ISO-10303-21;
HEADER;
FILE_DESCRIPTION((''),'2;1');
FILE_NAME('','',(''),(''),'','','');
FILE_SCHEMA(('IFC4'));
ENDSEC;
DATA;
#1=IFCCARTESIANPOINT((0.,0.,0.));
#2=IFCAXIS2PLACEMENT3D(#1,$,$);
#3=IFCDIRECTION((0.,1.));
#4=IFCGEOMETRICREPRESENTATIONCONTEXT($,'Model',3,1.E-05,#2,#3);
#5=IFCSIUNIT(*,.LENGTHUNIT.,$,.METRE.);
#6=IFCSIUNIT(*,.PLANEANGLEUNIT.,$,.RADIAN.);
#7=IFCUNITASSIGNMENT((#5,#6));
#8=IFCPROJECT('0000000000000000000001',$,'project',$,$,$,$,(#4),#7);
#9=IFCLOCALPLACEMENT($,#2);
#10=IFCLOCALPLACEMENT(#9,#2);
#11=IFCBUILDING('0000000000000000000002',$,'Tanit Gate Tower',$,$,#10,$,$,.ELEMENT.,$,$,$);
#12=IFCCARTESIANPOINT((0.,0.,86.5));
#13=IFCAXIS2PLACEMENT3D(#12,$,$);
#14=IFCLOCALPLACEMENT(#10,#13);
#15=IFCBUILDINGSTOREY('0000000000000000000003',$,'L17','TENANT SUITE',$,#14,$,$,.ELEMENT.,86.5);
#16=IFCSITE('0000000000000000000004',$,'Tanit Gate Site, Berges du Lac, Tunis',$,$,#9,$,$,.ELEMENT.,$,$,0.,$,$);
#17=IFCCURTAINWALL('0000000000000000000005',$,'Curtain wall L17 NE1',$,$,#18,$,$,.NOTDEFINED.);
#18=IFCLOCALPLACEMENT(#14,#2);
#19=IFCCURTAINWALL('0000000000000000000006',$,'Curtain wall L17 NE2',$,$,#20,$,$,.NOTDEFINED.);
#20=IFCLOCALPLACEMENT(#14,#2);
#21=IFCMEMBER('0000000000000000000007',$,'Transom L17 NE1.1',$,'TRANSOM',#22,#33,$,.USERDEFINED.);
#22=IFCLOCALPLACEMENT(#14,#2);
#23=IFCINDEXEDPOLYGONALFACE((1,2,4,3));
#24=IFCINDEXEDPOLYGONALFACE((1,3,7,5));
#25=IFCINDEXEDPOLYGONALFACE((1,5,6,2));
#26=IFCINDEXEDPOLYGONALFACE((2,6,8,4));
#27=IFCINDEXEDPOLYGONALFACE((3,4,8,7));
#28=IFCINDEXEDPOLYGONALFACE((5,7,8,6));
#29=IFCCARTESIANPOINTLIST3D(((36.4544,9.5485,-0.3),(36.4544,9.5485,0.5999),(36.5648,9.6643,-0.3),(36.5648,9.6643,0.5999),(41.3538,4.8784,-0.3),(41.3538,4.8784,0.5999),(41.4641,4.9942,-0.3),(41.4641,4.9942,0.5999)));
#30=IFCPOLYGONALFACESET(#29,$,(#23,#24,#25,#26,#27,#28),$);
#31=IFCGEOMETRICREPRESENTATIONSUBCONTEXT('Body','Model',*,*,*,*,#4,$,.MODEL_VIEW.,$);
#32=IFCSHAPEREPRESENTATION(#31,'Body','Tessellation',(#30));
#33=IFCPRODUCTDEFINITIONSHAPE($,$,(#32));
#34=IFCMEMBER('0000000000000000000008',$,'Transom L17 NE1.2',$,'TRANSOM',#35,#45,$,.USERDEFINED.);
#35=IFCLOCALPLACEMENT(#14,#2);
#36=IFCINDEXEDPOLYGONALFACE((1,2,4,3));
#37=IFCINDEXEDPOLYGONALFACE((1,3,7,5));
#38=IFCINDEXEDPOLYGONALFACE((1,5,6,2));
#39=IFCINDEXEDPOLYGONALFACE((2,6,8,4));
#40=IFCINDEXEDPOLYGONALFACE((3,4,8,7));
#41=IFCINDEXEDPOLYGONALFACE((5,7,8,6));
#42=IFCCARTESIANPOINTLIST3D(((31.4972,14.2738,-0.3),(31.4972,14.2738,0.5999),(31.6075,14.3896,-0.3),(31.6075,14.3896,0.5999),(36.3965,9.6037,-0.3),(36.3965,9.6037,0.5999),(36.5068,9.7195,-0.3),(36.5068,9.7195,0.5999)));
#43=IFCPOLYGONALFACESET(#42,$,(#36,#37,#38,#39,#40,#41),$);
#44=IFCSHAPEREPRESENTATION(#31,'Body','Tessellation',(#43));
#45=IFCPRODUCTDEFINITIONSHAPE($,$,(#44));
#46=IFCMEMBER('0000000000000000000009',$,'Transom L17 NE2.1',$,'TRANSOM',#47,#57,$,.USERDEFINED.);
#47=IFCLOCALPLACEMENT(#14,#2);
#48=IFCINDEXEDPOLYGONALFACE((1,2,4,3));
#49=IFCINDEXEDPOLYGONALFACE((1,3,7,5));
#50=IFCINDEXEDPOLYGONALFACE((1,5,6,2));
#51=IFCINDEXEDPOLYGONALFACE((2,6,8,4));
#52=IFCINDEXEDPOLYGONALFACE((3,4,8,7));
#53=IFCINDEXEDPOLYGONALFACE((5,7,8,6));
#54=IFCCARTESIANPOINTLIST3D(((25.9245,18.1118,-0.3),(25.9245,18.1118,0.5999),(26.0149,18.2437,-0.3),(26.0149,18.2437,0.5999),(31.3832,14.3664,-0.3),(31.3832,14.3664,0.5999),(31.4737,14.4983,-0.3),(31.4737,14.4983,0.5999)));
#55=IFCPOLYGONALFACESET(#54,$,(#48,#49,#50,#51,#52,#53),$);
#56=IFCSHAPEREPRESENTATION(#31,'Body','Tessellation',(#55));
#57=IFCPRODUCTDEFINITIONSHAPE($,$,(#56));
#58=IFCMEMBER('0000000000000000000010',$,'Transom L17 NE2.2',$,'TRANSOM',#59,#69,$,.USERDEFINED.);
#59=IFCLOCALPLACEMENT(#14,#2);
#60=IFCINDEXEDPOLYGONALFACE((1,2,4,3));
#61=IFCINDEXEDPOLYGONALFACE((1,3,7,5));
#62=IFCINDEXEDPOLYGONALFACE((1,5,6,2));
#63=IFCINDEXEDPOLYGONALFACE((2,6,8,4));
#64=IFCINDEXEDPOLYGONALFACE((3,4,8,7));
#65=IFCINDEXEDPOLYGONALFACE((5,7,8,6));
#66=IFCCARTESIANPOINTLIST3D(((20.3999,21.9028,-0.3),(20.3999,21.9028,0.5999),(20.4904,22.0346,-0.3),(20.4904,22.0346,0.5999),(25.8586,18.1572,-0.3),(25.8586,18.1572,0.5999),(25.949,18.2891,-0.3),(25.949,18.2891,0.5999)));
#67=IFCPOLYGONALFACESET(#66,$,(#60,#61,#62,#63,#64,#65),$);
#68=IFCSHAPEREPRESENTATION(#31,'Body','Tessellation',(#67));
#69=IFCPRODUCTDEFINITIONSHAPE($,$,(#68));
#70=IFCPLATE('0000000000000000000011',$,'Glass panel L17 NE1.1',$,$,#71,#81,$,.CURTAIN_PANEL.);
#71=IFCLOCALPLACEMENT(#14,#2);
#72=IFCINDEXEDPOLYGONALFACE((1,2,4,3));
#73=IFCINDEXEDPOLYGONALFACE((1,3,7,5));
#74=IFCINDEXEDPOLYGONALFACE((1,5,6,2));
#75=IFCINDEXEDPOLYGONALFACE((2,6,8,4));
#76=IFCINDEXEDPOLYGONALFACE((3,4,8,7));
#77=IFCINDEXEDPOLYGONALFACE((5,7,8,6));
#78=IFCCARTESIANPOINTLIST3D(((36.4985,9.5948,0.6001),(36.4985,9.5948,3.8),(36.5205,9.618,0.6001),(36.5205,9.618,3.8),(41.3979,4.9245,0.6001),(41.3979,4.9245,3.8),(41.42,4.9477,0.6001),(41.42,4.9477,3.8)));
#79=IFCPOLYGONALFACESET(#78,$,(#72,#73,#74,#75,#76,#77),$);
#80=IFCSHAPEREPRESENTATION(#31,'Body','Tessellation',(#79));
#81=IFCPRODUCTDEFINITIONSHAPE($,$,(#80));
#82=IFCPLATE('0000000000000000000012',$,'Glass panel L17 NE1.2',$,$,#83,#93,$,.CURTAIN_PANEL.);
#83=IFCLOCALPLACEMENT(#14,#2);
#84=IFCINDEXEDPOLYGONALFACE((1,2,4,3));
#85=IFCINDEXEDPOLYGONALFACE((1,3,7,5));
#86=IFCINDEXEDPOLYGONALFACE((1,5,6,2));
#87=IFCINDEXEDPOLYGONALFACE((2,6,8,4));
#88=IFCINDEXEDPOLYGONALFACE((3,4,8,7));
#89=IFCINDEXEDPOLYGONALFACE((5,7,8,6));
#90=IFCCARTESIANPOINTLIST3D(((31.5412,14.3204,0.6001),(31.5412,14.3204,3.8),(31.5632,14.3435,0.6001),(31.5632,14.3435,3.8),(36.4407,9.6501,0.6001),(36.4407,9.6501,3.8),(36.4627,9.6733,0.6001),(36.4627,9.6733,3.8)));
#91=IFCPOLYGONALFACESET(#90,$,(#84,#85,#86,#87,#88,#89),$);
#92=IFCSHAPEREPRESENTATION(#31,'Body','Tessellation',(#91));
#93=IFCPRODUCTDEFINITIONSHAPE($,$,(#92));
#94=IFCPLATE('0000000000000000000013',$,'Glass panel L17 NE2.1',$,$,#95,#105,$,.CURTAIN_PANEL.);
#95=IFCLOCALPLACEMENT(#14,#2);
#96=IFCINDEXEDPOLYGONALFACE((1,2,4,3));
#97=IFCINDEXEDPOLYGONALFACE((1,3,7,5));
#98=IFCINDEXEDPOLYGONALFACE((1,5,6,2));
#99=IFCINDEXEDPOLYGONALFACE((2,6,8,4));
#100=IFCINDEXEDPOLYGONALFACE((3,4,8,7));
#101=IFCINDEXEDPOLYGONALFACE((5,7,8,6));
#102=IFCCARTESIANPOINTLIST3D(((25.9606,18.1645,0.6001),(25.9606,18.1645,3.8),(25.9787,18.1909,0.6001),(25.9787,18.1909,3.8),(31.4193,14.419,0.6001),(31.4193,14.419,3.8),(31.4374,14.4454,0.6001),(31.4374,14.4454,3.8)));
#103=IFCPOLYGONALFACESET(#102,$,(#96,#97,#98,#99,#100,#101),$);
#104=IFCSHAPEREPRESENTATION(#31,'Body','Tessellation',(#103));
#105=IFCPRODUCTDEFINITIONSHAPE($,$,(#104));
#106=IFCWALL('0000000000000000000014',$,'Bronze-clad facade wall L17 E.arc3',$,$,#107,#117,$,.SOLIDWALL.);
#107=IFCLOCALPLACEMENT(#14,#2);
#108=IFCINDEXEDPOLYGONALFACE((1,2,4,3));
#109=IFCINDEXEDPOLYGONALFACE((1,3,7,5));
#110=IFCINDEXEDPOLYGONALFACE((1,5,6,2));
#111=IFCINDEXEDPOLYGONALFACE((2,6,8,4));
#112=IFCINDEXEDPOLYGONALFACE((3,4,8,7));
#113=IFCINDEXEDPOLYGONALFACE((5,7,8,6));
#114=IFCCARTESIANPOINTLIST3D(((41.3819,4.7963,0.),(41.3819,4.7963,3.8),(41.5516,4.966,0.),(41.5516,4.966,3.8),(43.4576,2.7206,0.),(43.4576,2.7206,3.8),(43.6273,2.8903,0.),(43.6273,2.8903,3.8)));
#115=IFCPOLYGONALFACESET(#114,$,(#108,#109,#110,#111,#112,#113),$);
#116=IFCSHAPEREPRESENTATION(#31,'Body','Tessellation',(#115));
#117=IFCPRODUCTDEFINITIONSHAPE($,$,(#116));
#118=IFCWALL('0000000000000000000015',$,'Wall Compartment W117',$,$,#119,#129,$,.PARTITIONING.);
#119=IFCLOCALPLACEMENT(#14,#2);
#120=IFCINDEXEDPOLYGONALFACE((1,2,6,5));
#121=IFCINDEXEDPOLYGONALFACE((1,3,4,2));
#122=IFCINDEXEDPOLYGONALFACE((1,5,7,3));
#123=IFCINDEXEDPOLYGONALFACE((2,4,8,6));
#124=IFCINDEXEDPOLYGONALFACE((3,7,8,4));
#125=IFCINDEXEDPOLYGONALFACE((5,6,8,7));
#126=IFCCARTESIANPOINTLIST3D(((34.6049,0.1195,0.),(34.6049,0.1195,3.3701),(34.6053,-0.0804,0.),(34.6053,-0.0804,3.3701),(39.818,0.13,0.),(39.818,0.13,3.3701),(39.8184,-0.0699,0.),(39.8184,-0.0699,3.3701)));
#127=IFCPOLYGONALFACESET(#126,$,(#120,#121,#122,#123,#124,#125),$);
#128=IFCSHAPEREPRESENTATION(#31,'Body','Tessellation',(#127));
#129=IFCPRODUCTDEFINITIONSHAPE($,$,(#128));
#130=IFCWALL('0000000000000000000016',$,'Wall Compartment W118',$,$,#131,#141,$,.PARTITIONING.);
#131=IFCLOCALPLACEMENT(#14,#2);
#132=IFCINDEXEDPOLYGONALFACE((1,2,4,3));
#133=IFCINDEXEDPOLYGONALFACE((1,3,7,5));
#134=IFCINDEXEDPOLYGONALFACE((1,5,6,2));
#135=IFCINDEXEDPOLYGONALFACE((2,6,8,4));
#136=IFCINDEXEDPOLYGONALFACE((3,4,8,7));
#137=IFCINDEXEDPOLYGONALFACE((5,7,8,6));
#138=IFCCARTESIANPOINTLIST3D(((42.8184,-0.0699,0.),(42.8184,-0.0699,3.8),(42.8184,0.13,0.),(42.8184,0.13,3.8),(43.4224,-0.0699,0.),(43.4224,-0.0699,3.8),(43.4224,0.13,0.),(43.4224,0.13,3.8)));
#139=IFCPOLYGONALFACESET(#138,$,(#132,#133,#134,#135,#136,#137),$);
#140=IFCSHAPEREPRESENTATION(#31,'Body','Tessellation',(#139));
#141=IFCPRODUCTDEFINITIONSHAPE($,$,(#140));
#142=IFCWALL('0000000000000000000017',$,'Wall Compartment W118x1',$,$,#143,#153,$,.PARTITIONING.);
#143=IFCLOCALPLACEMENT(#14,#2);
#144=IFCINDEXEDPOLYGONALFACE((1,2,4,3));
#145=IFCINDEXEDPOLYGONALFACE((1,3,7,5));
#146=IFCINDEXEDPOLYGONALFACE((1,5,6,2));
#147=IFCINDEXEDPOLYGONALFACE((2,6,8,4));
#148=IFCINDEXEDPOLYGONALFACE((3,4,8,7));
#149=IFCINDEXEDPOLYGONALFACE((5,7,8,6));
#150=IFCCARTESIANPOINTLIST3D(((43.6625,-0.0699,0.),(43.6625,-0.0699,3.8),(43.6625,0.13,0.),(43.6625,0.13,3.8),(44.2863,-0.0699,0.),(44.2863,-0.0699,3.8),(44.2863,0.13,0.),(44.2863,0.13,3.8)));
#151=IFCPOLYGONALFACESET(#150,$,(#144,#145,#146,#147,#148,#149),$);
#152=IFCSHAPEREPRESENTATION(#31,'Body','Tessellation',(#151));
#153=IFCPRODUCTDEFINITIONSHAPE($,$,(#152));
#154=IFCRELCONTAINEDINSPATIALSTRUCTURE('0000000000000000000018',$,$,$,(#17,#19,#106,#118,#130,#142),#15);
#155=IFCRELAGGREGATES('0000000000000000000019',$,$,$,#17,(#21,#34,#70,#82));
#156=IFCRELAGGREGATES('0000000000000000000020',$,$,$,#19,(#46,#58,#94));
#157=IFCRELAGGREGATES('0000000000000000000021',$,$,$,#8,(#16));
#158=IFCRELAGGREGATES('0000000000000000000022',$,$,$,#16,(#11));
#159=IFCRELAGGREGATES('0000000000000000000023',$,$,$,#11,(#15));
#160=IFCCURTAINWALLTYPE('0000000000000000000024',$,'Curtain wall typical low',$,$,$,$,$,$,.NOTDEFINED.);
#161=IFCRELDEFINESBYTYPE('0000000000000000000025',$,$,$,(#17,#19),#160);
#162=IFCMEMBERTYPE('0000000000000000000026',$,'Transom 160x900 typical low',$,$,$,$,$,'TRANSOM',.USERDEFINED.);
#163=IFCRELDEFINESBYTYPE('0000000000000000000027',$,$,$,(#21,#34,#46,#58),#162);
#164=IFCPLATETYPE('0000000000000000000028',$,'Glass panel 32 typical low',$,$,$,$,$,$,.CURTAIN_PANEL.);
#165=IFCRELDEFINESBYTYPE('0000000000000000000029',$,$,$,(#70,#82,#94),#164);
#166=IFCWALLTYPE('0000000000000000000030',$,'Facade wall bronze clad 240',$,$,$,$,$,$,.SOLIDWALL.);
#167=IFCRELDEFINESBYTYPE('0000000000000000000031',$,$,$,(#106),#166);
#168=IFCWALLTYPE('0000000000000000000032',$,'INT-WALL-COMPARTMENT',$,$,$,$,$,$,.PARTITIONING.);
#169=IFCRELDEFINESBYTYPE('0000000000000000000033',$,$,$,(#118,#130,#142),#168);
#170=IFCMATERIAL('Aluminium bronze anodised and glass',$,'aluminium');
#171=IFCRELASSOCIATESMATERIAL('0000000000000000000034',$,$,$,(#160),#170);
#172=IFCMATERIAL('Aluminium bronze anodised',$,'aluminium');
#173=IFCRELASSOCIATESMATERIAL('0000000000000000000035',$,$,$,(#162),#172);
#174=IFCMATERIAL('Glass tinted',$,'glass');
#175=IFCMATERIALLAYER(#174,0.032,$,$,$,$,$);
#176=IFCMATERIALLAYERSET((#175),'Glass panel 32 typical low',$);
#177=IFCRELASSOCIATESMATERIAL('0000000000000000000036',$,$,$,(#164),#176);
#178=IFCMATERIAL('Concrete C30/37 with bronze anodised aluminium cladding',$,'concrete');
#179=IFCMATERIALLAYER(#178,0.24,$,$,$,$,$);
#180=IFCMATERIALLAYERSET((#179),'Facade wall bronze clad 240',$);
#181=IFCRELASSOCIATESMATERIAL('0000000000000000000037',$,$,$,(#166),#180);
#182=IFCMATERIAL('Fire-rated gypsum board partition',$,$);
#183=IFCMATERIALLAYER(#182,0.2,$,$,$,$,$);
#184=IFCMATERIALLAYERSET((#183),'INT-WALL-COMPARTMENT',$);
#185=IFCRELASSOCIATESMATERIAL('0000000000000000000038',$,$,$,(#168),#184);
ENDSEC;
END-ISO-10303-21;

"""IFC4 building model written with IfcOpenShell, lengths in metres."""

from ifc_helpers import new_model, si_unit, direction, frame, frame_2d, origin, origin_2d, place, context, subcontext, project, spatial, rectangle, extrude, material, layer, layer_set, material_profile, profile_set, type_object, element, aggregate, save


model = new_model("IFC4")

# Units and contexts
model_context = context("Model", 3, precision=1e-05, world=origin(), true_north=direction((0.0, 1.0)))
body_context = subcontext(model_context, "Body", "Model", "MODEL_VIEW")
ifc_project = project(units=[si_unit("LENGTHUNIT", "METRE"), si_unit("PLANEANGLEUNIT", "RADIAN")], contexts=[model_context])

# Site, building, storey
site_placement = place(None, origin())
site = spatial("IfcSite", under=ifc_project, at=site_placement, Name="Tanit Gate Site, Berges du Lac, Tunis", CompositionType="ELEMENT", RefElevation=0.0)
building_placement = place(site_placement, origin())
building = spatial("IfcBuilding", under=site, at=building_placement, Name="Tanit Gate Tower", CompositionType="ELEMENT")
storey_placement = place(building_placement, frame((0.0, 0.0, 86.5)))
storey = spatial("IfcBuildingStorey", under=building, at=storey_placement, Name="L17", Description="TENANT SUITE", CompositionType="ELEMENT", Elevation=86.5)

# Curtain wall
ifc_material_1 = material(Name="Aluminium bronze anodised and glass", Category="aluminium")
curtain_wall_type = type_object("IfcCurtainWallType", Name="Curtain wall typical low", PredefinedType="NOTDEFINED", material=ifc_material_1)
curtain_wall_1_placement = place(storey_placement, origin())
curtain_wall_1 = element("IfcCurtainWall", 1, at=curtain_wall_1_placement, inside=storey, type_object=curtain_wall_type, Name="Curtain wall L17 NE1", PredefinedType="NOTDEFINED")

# Curtain wall
curtain_wall_2_placement = place(storey_placement, origin())
curtain_wall_2 = element("IfcCurtainWall", 2, at=curtain_wall_2_placement, inside=storey, type_object=curtain_wall_type, Name="Curtain wall L17 NE2", PredefinedType="NOTDEFINED")

# Members
ifc_material_2 = material(Name="Aluminium bronze anodised", Category="aluminium")
ifc_material_profile_1 = material_profile(ifc_material_2, rectangle(XDim=0.1599, YDim=0.8999, at=origin_2d()), Name="160x900 bronze transom")
ifc_profile_set_1 = profile_set([ifc_material_profile_1], Name="Aluminium bronze anodised")
member_type_1 = type_object("IfcMemberType", Name="Transom 160x900 typical low", ElementType="TRANSOM", PredefinedType="USERDEFINED", material=ifc_profile_set_1)
member_1_placement = place(storey_placement, frame((41.4089, 4.9363, 0.1499), z_axis=(-0.723839, 0.689969, 0.0), x_axis=(-0.689969, -0.723839, 0.0)))
member_1 = element("IfcMember", 3, at=member_1_placement, type_object=member_type_1, Name="Transom L17 NE1.1", ObjectType="TRANSOM", PredefinedType="USERDEFINED", context=body_context, shape_type="SweptSolid", body=[
    extrude(rectangle(XDim=0.1599, YDim=0.8999, at=origin_2d()), origin(), (0.0, 0.0, 1.0), 6.7686),
])
member_2_placement = place(storey_placement, frame((36.4517, 9.6616, 0.1499), z_axis=(-0.723839, 0.689969, 0.0), x_axis=(-0.689969, -0.723839, 0.0)))
member_2 = element("IfcMember", 4, at=member_2_placement, type_object=member_type_1, Name="Transom L17 NE1.2", ObjectType="TRANSOM", PredefinedType="USERDEFINED", context=body_context, shape_type="SweptSolid", body=[
    extrude(rectangle(XDim=0.1599, YDim=0.8999, at=origin_2d()), origin(), (0.0, 0.0, 1.0), 6.7686),
])
member_3_placement = place(storey_placement, frame((31.4285, 14.4324, 0.1499), z_axis=(-0.824572, 0.565757, 0.0), x_axis=(-0.565757, -0.824572, 0.0)))
member_3 = element("IfcMember", 5, at=member_3_placement, type_object=member_type_1, Name="Transom L17 NE2.1", ObjectType="TRANSOM", PredefinedType="USERDEFINED", context=body_context, shape_type="SweptSolid", body=[
    extrude(rectangle(XDim=0.1599, YDim=0.8999, at=origin_2d()), origin(), (0.0, 0.0, 1.0), 6.6201),
])
member_4_placement = place(storey_placement, frame((25.9038, 18.2231, 0.1499), z_axis=(-0.824555, 0.565782, 0.0), x_axis=(-0.565782, -0.824555, 0.0)))
member_4 = element("IfcMember", 6, at=member_4_placement, type_object=member_type_1, Name="Transom L17 NE2.2", ObjectType="TRANSOM", PredefinedType="USERDEFINED", context=body_context, shape_type="SweptSolid", body=[
    extrude(rectangle(XDim=0.1599, YDim=0.8999, at=origin_2d()), origin(), (0.0, 0.0, 1.0), 6.6201),
])

# Plates
ifc_material_3 = material(Name="Glass tinted", Category="glass")
ifc_layer_1 = layer(ifc_material_3, 0.032)
ifc_layer_set_1 = layer_set([ifc_layer_1], Name="Glass panel 32 typical low")
plate_type = type_object("IfcPlateType", Name="Glass panel 32 typical low", PredefinedType="CURTAIN_PANEL", material=ifc_layer_set_1)
plate_1_placement = place(storey_placement, frame((38.9592, 7.2712, 0.6001), z_axis=(0.0, 0.0, 1.0), x_axis=(-0.723834, 0.689974, 0.0)))
plate_1 = element("IfcPlate", 7, at=plate_1_placement, type_object=plate_type, Name="Glass panel L17 NE1.1", PredefinedType="CURTAIN_PANEL", context=body_context, shape_type="SweptSolid", body=[
    extrude(rectangle(XDim=6.7688, YDim=0.032, at=origin_2d()), origin(), (0.0, 0.0, 1.0), 3.2),
])
plate_2_placement = place(storey_placement, frame((34.002, 11.9968, 0.6001), z_axis=(0.0, 0.0, 1.0), x_axis=(-0.723834, 0.689974, 0.0)))
plate_2 = element("IfcPlate", 8, at=plate_2_placement, type_object=plate_type, Name="Glass panel L17 NE1.2", PredefinedType="CURTAIN_PANEL", context=body_context, shape_type="SweptSolid", body=[
    extrude(rectangle(XDim=6.7688, YDim=0.032, at=origin_2d()), origin(), (0.0, 0.0, 1.0), 3.2),
])
aggregate(curtain_wall_1, [member_1, member_2, plate_1, plate_2])
plate_3_placement = place(storey_placement, frame((28.699, 16.3049, 0.6001), z_axis=(0.0, 0.0, 1.0), x_axis=(-0.824557, 0.56578, 0.0)))
plate_3 = element("IfcPlate", 9, at=plate_3_placement, type_object=plate_type, Name="Glass panel L17 NE2.1", PredefinedType="CURTAIN_PANEL", context=body_context, shape_type="SweptSolid", body=[
    extrude(rectangle(XDim=6.6201, YDim=0.032, at=origin_2d()), origin(), (0.0, 0.0, 1.0), 3.2),
])
aggregate(curtain_wall_2, [member_3, member_4, plate_3])

# Walls
ifc_material_4 = material(Name="Concrete C30/37 with bronze anodised aluminium cladding", Category="concrete")
ifc_layer_2 = layer(ifc_material_4, 0.24)
ifc_layer_set_2 = layer_set([ifc_layer_2], Name="Facade wall bronze clad 240")
wall_type_1 = type_object("IfcWallType", Name="Facade wall bronze clad 240", PredefinedType="SOLIDWALL", material=ifc_layer_set_2)
wall_1_placement = place(storey_placement, frame((43.5425, 2.8054, 0.0), z_axis=(0.0, 0.0, 1.0), x_axis=(-0.707107, 0.707107, 0.0)))
element("IfcWall", 10, at=wall_1_placement, inside=storey, type_object=wall_type_1, Name="Bronze-clad facade wall L17 E.arc3", PredefinedType="SOLIDWALL", context=body_context, shape_type="SweptSolid", body=[
    extrude(rectangle(XDim=2.9355, YDim=0.24, at=frame_2d((1.4678, 0.0))), origin(), (0.0, 0.0, 1.0), 3.8),
])
ifc_material_5 = material(Name="Fire-rated gypsum board partition")
ifc_layer_3 = layer(ifc_material_5, 0.2)
ifc_layer_set_3 = layer_set([ifc_layer_3], Name="INT-WALL-COMPARTMENT")
wall_type_2 = type_object("IfcWallType", Name="INT-WALL-COMPARTMENT", PredefinedType="PARTITIONING", material=ifc_layer_set_3)
wall_2_placement = place(storey_placement, frame((34.6052, 0.0195, 0.0), z_axis=(0.0, 0.0, 1.0), x_axis=(0.999998, 0.002014, 0.0)))
element("IfcWall", 11, at=wall_2_placement, inside=storey, type_object=wall_type_2, Name="Wall Compartment W117", PredefinedType="PARTITIONING", context=body_context, shape_type="SweptSolid", body=[
    extrude(rectangle(XDim=5.2131, YDim=0.2, at=frame_2d((2.6064, 0.0))), origin(), (0.0, 0.0, 1.0), 3.3701),
])
wall_3_placement = place(storey_placement, frame((42.8184, 0.03, 0.0), z_axis=(0.0, 0.0, 1.0), x_axis=(1.0, 0.0, 0.0)))
element("IfcWall", 12, at=wall_3_placement, inside=storey, type_object=wall_type_2, Name="Wall Compartment W118", PredefinedType="PARTITIONING", context=body_context, shape_type="SweptSolid", body=[
    extrude(rectangle(XDim=0.604, YDim=0.2, at=frame_2d((0.302, 0.0))), origin(), (0.0, 0.0, 1.0), 3.8),
])
wall_4_placement = place(storey_placement, frame((43.6624, 0.03, 0.0), z_axis=(0.0, 0.0, 1.0), x_axis=(1.0, 0.0, 0.0)))
element("IfcWall", 13, at=wall_4_placement, inside=storey, type_object=wall_type_2, Name="Wall Compartment W118x1", PredefinedType="PARTITIONING", context=body_context, shape_type="SweptSolid", body=[
    extrude(rectangle(XDim=0.6238, YDim=0.2, at=frame_2d((0.312, 0.0))), origin(), (0.0, 0.0, 1.0), 3.8),
])

save(model, "model.ifc")
